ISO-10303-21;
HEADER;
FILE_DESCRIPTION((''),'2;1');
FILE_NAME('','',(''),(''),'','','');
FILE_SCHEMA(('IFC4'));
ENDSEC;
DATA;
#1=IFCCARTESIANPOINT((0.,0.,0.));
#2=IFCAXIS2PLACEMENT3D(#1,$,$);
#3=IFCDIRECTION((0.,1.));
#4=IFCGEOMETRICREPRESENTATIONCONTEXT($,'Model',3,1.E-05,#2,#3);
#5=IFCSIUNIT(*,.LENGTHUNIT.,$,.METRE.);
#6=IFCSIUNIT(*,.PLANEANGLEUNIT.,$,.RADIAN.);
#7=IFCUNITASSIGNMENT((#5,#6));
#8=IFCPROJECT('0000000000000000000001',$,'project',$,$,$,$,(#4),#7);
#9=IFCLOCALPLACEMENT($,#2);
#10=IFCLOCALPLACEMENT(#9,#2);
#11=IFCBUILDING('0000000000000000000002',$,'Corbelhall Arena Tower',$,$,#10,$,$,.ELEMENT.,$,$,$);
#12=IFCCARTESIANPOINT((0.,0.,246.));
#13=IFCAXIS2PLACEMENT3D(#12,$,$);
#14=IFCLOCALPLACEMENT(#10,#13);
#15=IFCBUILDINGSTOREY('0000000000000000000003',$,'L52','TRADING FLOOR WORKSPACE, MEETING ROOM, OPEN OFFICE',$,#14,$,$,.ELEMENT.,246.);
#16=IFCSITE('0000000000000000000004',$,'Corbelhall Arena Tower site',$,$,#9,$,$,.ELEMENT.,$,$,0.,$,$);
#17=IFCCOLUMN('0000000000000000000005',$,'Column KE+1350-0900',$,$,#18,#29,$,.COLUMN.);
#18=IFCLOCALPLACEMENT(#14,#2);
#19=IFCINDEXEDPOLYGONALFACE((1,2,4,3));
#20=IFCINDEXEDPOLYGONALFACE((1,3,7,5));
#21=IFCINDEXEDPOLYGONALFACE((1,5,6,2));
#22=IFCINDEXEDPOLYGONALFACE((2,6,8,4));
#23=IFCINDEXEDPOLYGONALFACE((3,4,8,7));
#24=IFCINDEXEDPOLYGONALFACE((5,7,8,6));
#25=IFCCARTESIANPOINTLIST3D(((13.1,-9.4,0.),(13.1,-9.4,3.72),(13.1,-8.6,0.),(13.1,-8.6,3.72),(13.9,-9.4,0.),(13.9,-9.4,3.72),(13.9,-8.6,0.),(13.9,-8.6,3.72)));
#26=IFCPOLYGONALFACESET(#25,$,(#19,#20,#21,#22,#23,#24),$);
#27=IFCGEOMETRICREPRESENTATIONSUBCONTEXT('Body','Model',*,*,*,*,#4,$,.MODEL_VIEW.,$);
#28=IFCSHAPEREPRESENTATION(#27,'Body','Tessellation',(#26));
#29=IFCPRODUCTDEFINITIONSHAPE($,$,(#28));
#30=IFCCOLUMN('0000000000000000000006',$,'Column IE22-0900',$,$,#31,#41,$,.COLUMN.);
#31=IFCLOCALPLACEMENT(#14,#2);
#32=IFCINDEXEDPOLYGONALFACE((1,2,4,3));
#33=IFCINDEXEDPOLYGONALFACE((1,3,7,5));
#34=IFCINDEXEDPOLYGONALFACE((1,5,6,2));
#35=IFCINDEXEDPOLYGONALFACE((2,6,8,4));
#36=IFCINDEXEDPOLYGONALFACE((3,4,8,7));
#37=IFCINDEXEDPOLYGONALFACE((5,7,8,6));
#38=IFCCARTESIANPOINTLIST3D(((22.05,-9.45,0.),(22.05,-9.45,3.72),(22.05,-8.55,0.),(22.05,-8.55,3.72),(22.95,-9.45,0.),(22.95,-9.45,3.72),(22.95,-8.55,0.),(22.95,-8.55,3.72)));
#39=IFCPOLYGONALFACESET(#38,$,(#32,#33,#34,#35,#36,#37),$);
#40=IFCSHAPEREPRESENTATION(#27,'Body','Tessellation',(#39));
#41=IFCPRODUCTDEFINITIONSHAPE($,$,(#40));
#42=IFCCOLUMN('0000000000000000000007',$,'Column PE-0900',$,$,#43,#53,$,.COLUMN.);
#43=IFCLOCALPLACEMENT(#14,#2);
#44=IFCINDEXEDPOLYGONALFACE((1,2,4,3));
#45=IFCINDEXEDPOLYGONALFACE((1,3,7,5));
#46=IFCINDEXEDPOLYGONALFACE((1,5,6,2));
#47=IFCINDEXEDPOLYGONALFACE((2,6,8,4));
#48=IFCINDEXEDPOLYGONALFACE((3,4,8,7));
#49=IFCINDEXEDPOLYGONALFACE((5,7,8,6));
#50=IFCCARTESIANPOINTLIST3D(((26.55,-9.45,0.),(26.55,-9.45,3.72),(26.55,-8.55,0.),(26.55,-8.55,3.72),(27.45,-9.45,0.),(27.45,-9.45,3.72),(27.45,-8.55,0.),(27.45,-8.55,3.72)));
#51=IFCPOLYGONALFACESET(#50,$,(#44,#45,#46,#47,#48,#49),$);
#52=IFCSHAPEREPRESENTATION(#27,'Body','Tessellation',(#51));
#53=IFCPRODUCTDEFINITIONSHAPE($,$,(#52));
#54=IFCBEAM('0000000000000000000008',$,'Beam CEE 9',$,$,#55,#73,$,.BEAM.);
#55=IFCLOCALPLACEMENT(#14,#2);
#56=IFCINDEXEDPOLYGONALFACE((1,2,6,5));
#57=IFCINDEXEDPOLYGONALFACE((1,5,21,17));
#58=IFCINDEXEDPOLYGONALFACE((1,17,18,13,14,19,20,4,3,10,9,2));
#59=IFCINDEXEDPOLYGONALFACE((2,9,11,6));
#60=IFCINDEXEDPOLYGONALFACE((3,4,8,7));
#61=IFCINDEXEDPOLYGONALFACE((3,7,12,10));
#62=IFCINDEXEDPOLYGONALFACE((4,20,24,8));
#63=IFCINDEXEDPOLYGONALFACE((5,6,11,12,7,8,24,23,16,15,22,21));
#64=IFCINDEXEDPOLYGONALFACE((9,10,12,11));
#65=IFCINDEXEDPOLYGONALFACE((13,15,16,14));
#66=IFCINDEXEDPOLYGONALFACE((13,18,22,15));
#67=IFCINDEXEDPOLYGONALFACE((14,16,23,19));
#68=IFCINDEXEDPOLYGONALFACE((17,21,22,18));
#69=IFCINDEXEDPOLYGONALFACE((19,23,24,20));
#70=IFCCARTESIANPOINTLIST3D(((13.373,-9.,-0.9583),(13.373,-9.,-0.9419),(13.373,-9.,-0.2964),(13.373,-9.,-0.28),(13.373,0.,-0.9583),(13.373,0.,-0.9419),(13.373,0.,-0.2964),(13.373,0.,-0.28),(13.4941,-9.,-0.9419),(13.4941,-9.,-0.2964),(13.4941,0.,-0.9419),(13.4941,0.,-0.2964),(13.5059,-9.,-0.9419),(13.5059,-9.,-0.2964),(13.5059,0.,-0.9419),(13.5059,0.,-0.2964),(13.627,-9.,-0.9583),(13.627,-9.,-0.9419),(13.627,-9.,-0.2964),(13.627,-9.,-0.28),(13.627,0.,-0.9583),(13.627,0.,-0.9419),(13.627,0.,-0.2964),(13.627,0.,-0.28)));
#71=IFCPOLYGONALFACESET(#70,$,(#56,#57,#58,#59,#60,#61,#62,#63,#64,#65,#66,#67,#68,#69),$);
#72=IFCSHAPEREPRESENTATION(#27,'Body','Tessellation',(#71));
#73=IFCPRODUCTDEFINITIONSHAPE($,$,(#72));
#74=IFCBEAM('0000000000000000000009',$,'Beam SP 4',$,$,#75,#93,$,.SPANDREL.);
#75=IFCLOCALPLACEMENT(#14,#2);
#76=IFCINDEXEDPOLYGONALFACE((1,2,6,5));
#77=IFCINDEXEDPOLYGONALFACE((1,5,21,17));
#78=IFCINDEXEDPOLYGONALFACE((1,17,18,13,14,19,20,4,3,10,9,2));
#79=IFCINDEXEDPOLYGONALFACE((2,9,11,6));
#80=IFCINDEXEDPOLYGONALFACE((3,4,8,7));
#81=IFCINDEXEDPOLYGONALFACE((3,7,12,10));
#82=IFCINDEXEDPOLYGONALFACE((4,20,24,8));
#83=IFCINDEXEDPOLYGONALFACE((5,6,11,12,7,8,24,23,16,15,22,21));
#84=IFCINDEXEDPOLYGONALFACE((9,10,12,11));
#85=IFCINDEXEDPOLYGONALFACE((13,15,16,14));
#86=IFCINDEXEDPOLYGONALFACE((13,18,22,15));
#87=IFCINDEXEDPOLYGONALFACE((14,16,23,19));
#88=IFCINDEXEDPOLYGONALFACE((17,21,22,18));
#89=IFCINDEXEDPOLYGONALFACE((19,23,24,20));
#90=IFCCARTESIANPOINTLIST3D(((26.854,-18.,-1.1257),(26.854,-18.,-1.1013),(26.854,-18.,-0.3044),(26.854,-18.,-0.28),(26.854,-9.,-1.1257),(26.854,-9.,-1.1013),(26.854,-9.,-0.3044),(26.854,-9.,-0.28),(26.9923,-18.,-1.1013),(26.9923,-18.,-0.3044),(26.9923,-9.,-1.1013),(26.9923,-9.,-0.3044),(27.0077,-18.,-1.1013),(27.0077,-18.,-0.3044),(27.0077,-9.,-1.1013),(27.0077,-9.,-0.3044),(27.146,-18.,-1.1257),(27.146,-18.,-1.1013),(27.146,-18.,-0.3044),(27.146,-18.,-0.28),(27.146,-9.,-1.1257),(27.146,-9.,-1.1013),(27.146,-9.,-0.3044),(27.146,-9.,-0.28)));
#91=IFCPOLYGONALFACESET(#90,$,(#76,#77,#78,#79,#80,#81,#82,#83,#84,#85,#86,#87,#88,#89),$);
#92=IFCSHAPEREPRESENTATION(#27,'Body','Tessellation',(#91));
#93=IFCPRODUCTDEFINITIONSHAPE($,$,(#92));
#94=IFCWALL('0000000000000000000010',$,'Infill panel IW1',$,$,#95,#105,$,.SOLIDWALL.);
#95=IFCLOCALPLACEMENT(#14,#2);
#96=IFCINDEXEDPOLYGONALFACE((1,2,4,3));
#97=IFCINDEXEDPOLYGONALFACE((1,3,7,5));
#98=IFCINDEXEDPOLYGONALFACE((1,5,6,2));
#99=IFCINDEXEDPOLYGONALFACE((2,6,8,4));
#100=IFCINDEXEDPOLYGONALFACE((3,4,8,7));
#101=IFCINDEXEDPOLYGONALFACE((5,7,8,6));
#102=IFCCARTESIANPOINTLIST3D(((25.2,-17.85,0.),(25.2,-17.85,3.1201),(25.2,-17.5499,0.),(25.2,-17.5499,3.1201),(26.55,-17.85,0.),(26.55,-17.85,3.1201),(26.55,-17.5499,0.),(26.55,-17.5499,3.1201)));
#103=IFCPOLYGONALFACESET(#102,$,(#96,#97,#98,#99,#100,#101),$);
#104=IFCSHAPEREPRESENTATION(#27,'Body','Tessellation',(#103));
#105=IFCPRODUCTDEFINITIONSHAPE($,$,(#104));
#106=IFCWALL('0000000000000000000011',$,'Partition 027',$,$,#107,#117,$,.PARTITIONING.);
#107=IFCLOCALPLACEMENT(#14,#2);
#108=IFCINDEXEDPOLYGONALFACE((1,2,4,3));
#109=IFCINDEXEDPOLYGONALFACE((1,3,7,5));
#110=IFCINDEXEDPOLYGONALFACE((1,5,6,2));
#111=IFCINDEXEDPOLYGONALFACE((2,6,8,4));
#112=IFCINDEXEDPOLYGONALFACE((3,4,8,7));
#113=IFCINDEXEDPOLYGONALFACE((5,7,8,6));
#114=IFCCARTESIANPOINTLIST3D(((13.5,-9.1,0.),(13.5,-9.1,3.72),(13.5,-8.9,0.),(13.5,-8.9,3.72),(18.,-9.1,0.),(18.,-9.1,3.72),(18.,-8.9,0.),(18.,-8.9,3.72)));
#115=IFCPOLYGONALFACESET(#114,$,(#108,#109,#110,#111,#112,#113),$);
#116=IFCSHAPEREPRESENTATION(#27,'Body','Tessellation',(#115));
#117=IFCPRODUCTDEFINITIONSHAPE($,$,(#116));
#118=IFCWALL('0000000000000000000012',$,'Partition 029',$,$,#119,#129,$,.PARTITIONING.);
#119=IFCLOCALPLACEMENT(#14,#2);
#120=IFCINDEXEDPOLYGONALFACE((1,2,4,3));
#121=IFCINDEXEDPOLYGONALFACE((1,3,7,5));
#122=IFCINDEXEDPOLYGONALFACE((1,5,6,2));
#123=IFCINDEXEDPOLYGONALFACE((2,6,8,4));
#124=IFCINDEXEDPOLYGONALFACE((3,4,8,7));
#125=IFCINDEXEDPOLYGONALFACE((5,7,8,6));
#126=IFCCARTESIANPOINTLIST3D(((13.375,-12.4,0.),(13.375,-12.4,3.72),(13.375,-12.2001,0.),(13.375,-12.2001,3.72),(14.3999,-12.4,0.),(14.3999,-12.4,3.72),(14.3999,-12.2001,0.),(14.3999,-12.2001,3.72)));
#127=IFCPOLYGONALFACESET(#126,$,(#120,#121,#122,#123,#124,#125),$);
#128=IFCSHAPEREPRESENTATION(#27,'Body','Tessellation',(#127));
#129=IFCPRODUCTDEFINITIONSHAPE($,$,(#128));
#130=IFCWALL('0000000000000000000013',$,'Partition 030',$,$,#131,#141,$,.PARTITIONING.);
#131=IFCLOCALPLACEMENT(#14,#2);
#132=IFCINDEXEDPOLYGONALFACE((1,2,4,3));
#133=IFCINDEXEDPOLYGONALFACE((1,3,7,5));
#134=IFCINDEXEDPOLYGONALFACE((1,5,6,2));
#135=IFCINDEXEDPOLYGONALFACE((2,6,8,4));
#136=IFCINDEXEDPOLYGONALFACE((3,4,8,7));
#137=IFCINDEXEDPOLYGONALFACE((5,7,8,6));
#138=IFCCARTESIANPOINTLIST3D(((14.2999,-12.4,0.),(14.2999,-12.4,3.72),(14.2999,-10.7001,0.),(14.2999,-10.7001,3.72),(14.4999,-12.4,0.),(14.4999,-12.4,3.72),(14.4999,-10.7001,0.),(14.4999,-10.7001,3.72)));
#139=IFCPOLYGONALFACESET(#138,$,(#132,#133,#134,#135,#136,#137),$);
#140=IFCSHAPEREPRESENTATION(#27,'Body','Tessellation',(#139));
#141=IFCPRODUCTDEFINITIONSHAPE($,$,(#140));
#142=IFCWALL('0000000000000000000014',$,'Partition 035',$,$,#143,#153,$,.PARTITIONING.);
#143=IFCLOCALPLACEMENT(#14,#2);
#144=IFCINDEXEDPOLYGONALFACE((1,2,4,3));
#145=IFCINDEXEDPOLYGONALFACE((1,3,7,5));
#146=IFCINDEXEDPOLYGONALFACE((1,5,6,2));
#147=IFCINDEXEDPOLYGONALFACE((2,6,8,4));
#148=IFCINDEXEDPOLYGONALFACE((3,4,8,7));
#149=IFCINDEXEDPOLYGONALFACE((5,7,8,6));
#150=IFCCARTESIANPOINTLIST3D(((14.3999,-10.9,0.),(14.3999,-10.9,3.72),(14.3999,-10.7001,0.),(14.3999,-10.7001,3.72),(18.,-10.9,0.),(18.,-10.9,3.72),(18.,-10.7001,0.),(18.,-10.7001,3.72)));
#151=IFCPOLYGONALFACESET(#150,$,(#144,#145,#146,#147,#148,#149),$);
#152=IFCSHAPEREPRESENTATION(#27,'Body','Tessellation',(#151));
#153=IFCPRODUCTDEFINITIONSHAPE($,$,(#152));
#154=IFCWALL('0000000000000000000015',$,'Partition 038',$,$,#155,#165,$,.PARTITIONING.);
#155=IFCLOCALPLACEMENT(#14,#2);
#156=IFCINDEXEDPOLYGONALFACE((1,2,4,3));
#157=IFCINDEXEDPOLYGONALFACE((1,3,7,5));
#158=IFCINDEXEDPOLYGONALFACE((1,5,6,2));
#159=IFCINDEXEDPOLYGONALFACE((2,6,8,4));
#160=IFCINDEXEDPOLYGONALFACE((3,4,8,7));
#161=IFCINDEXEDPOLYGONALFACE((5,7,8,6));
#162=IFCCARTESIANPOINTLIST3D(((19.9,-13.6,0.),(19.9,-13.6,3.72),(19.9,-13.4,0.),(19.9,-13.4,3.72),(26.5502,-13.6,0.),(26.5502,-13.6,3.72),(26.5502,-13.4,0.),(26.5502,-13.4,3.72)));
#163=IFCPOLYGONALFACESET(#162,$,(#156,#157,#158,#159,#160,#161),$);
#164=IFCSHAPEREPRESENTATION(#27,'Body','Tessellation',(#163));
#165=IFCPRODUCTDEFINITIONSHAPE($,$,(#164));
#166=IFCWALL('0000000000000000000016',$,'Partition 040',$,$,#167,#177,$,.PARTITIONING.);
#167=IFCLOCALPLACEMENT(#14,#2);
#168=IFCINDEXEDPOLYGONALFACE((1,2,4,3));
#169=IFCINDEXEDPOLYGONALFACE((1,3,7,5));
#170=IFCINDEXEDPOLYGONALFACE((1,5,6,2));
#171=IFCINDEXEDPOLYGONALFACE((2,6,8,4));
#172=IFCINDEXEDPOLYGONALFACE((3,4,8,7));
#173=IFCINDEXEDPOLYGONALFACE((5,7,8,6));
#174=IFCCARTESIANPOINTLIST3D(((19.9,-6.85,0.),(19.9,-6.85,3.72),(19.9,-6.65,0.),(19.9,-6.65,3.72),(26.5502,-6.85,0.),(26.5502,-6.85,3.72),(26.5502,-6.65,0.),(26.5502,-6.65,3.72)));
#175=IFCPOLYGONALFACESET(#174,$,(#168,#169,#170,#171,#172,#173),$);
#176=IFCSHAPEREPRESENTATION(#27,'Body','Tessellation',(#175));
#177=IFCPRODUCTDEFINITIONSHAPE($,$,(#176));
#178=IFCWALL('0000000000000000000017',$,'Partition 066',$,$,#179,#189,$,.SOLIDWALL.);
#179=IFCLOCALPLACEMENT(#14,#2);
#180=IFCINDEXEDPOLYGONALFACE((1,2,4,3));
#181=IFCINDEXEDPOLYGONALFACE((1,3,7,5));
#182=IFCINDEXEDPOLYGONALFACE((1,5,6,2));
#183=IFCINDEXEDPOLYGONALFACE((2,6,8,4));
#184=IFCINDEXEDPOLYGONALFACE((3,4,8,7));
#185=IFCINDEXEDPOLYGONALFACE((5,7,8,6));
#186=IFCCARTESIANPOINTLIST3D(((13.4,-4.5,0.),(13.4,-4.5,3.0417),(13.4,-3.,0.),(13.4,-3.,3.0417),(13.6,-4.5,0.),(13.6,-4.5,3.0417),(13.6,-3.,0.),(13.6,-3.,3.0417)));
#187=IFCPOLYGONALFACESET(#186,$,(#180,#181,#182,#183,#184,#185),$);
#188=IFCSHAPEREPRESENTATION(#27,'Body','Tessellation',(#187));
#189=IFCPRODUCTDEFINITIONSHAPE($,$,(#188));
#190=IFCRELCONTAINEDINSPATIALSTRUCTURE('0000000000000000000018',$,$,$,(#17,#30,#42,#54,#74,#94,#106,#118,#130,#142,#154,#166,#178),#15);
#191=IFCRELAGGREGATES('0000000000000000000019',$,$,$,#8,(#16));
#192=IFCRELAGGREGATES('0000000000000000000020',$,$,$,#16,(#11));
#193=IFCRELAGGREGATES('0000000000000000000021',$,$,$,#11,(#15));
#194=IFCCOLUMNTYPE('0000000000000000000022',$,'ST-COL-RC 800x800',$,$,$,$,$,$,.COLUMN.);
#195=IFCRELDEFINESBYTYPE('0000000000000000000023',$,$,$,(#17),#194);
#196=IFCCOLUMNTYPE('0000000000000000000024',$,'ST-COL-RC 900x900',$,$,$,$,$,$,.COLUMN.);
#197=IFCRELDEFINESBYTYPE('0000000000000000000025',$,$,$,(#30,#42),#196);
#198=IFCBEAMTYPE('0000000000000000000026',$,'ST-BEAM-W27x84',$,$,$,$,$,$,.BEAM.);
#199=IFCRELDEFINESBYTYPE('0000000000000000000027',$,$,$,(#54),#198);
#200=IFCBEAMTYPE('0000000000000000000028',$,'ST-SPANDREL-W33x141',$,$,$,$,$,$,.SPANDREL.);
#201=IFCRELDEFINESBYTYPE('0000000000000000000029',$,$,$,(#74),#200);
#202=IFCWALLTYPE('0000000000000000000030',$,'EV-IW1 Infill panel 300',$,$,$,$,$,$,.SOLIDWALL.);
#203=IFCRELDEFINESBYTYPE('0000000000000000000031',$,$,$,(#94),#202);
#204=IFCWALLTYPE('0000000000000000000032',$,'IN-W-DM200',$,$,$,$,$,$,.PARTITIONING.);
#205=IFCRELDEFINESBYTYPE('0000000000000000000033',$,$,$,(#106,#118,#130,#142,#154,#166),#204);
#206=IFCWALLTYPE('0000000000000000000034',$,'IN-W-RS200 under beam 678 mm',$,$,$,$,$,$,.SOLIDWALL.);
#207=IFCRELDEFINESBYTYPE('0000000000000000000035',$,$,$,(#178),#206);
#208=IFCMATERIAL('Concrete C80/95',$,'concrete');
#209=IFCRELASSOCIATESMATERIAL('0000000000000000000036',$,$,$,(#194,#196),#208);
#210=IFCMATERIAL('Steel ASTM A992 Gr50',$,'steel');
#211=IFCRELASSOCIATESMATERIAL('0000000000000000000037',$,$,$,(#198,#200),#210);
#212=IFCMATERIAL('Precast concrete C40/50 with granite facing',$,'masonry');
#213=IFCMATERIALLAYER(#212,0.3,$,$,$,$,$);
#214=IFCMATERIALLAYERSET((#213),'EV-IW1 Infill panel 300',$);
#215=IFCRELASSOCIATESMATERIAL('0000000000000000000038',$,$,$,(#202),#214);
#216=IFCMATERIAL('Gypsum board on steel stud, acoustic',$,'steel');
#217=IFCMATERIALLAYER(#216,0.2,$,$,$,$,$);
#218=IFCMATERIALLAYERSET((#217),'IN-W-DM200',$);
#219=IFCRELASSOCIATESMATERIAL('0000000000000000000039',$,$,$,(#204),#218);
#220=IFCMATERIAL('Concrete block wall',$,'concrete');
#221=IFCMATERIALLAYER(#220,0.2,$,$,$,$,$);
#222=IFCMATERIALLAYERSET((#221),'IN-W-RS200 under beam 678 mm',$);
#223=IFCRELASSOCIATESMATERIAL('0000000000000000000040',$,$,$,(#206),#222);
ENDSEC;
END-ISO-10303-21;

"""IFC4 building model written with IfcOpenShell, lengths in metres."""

from ifc_helpers import new_model, si_unit, direction, frame, frame_2d, origin, origin_2d, place, context, subcontext, project, spatial, rectangle, i_section, extrude, material, layer, layer_set, material_profile, profile_set, type_object, element, save


model = new_model("IFC4")

# Units and contexts
model_context = context("Model", 3, precision=1e-05, world=origin(), true_north=direction((0.0, 1.0)))
body_context = subcontext(model_context, "Body", "Model", "MODEL_VIEW")
ifc_project = project(units=[si_unit("LENGTHUNIT", "METRE"), si_unit("PLANEANGLEUNIT", "RADIAN")], contexts=[model_context])

# Site, building, storey
site_placement = place(None, origin())
site = spatial("IfcSite", under=ifc_project, at=site_placement, Name="Corbelhall Arena Tower site", CompositionType="ELEMENT", RefElevation=0.0)
building_placement = place(site_placement, origin())
building = spatial("IfcBuilding", under=site, at=building_placement, Name="Corbelhall Arena Tower", CompositionType="ELEMENT")
storey_placement = place(building_placement, frame((0.0, 0.0, 246.0)))
storey = spatial("IfcBuildingStorey", under=building, at=storey_placement, Name="L52", Description="TRADING FLOOR WORKSPACE, MEETING ROOM, OPEN OFFICE", CompositionType="ELEMENT", Elevation=246.0)

# Columns
ifc_material_1 = material(Name="Concrete C80/95", Category="concrete")
ifc_material_profile_1 = material_profile(ifc_material_1, rectangle(XDim=0.8, YDim=0.8, at=origin_2d()))
ifc_profile_set_1 = profile_set([ifc_material_profile_1], Name="Concrete C80/95")
column_type_1 = type_object("IfcColumnType", Name="ST-COL-RC 800x800", PredefinedType="COLUMN", material=ifc_profile_set_1)
column_placement = place(storey_placement, frame((13.5, -9.0, 0.0), z_axis=(0.0, 0.0, 1.0), x_axis=(1.0, 0.0, 0.0)))
element("IfcColumn", 1, at=column_placement, inside=storey, type_object=column_type_1, Name="Column KE+1350-0900", PredefinedType="COLUMN", context=body_context, shape_type="SweptSolid", body=[
    extrude(rectangle(XDim=0.8, YDim=0.8, at=origin_2d()), origin(), (0.0, 0.0, 1.0), 3.72),
])
ifc_material_profile_2 = material_profile(ifc_material_1, rectangle(XDim=0.8999, YDim=0.8999, at=origin_2d()))
ifc_profile_set_2 = profile_set([ifc_material_profile_2], Name="Concrete C80/95")
column_type_2 = type_object("IfcColumnType", Name="ST-COL-RC 900x900", PredefinedType="COLUMN", material=ifc_profile_set_2)
for number, where, z_axis, x_axis, name in (
    (2, (22.5, -9.0, 0.0), (0.0, 0.0, 1.0), (1.0, 0.0, 0.0), "Column IE22-0900"),
    (3, (27.0, -9.0, 0.0), (0.0, 0.0, 1.0), (0.0, 1.0, 0.0), "Column PE-0900"),
):
    element("IfcColumn", number, at=place(storey_placement, frame(where, z_axis=z_axis, x_axis=x_axis)), inside=storey, type_object=column_type_2, Name=name, PredefinedType="COLUMN", context=body_context, shape_type="SweptSolid", body=[
        extrude(rectangle(XDim=0.8999, YDim=0.8999, at=origin_2d()), origin(), (0.0, 0.0, 1.0), 3.72),
    ])

# Beams
ifc_material_2 = material(Name="Steel ASTM A992 Gr50", Category="steel")
ifc_material_profile_3 = material_profile(ifc_material_2, i_section(OverallWidth=0.2539, OverallDepth=0.6782, WebThickness=0.0117, FlangeThickness=0.0164, at=origin_2d()))
ifc_profile_set_3 = profile_set([ifc_material_profile_3], Name="Steel ASTM A992 Gr50")
beam_type_1 = type_object("IfcBeamType", Name="ST-BEAM-W27x84", PredefinedType="BEAM", material=ifc_profile_set_3)
beam_1_placement = place(storey_placement, frame((13.5, -9.0, -0.6191), z_axis=(0.0, 1.0, 0.0), x_axis=(-1.0, 0.0, 0.0)))
element("IfcBeam", 4, at=beam_1_placement, inside=storey, type_object=beam_type_1, Name="Beam CEE 9", PredefinedType="BEAM", context=body_context, shape_type="SweptSolid", body=[
    extrude(i_section(OverallWidth=0.2539, OverallDepth=0.6782, WebThickness=0.0117, FlangeThickness=0.0164, at=origin_2d()), origin(), (0.0, 0.0, 1.0), 9.0),
])
ifc_material_profile_4 = material_profile(ifc_material_2, i_section(OverallWidth=0.292, OverallDepth=0.8457, WebThickness=0.0154, FlangeThickness=0.0244, at=origin_2d()))
ifc_profile_set_4 = profile_set([ifc_material_profile_4], Name="Steel ASTM A992 Gr50")
beam_type_2 = type_object("IfcBeamType", Name="ST-SPANDREL-W33x141", PredefinedType="SPANDREL", material=ifc_profile_set_4)
beam_2_placement = place(storey_placement, frame((27.0, -9.0, -0.7029), z_axis=(0.0, -1.0, 0.0), x_axis=(1.0, 0.0, 0.0)))
element("IfcBeam", 5, at=beam_2_placement, inside=storey, type_object=beam_type_2, Name="Beam SP 4", PredefinedType="SPANDREL", context=body_context, shape_type="SweptSolid", body=[
    extrude(i_section(OverallWidth=0.292, OverallDepth=0.8457, WebThickness=0.0154, FlangeThickness=0.0244, at=origin_2d()), origin(), (0.0, 0.0, 1.0), 9.0),
])

# Wall
ifc_material_3 = material(Name="Precast concrete C40/50 with granite facing", Category="masonry")
ifc_layer_1 = layer(ifc_material_3, 0.3)
ifc_layer_set_1 = layer_set([ifc_layer_1], Name="EV-IW1 Infill panel 300")
wall_type_1 = type_object("IfcWallType", Name="EV-IW1 Infill panel 300", PredefinedType="SOLIDWALL", material=ifc_layer_set_1)
wall_1_placement = place(storey_placement, frame((25.2, -17.7, 0.0), z_axis=(0.0, 0.0, 1.0), x_axis=(1.0, 0.0, 0.0)))
element("IfcWall", 6, at=wall_1_placement, inside=storey, type_object=wall_type_1, Name="Infill panel IW1", PredefinedType="SOLIDWALL", context=body_context, shape_type="SweptSolid", body=[
    extrude(rectangle(XDim=1.3501, YDim=0.3, at=frame_2d((0.675, 0.0))), origin(), (0.0, 0.0, 1.0), 3.1201),
])

# Walls
ifc_material_4 = material(Name="Gypsum board on steel stud, acoustic", Category="steel")
ifc_layer_2 = layer(ifc_material_4, 0.2)
ifc_layer_set_2 = layer_set([ifc_layer_2], Name="IN-W-DM200")
wall_type_2 = type_object("IfcWallType", Name="IN-W-DM200", PredefinedType="PARTITIONING", material=ifc_layer_set_2)
wall_2_placement = place(storey_placement, frame((13.5, -9.0, 0.0), z_axis=(0.0, 0.0, 1.0), x_axis=(1.0, 0.0, 0.0)))
element("IfcWall", 7, at=wall_2_placement, inside=storey, type_object=wall_type_2, Name="Partition 027", PredefinedType="PARTITIONING", context=body_context, shape_type="SweptSolid", body=[
    extrude(rectangle(XDim=4.5, YDim=0.2, at=frame_2d((2.25, 0.0))), origin(), (0.0, 0.0, 1.0), 3.72),
])
wall_3_placement = place(storey_placement, frame((14.3999, -12.3, 0.0), z_axis=(0.0, 0.0, 1.0), x_axis=(-1.0, 0.0, 0.0)))
element("IfcWall", 8, at=wall_3_placement, inside=storey, type_object=wall_type_2, Name="Partition 029", PredefinedType="PARTITIONING", context=body_context, shape_type="SweptSolid", body=[
    extrude(rectangle(XDim=1.0249, YDim=0.2, at=frame_2d((0.5125, 0.0))), origin(), (0.0, 0.0, 1.0), 3.72),
])
wall_4_placement = place(storey_placement, frame((14.3999, -10.7, 0.0), z_axis=(0.0, 0.0, 1.0), x_axis=(0.0, -1.0, 0.0)))
element("IfcWall", 9, at=wall_4_placement, inside=storey, type_object=wall_type_2, Name="Partition 030", PredefinedType="PARTITIONING", context=body_context, shape_type="SweptSolid", body=[
    extrude(rectangle(XDim=1.7, YDim=0.2, at=frame_2d((0.8501, 0.0))), origin(), (0.0, 0.0, 1.0), 3.72),
])
wall_5_placement = place(storey_placement, frame((18.0, -10.8, 0.0), z_axis=(0.0, 0.0, 1.0), x_axis=(-1.0, 0.0, 0.0)))
element("IfcWall", 10, at=wall_5_placement, inside=storey, type_object=wall_type_2, Name="Partition 035", PredefinedType="PARTITIONING", context=body_context, shape_type="SweptSolid", body=[
    extrude(rectangle(XDim=3.6001, YDim=0.2, at=frame_2d((1.8, 0.0))), origin(), (0.0, 0.0, 1.0), 3.72),
])

# Walls
for number, where, z_axis, x_axis, name in (
    (11, (19.8999, -13.5, 0.0), (0.0, 0.0, 1.0), (1.0, 0.0, 0.0), "Partition 038"),
    (12, (19.8999, -6.75, 0.0), (0.0, 0.0, 1.0), (1.0, 0.0, 0.0), "Partition 040"),
):
    element("IfcWall", number, at=place(storey_placement, frame(where, z_axis=z_axis, x_axis=x_axis)), inside=storey, type_object=wall_type_2, Name=name, PredefinedType="PARTITIONING", context=body_context, shape_type="SweptSolid", body=[
        extrude(rectangle(XDim=6.6501, YDim=0.2, at=frame_2d((3.3252, 0.0))), origin(), (0.0, 0.0, 1.0), 3.72),
    ])
ifc_material_5 = material(Name="Concrete block wall", Category="concrete")
ifc_layer_3 = layer(ifc_material_5, 0.2)
ifc_layer_set_3 = layer_set([ifc_layer_3], Name="IN-W-RS200 under beam 678 mm")
wall_type_3 = type_object("IfcWallType", Name="IN-W-RS200 under beam 678 mm", PredefinedType="SOLIDWALL", material=ifc_layer_set_3)
wall_6_placement = place(storey_placement, frame((13.5, -3.0, 0.0), z_axis=(0.0, 0.0, 1.0), x_axis=(0.0, -1.0, 0.0)))
element("IfcWall", 13, at=wall_6_placement, inside=storey, type_object=wall_type_3, Name="Partition 066", PredefinedType="SOLIDWALL", context=body_context, shape_type="SweptSolid", body=[
    extrude(rectangle(XDim=1.5, YDim=0.2, at=frame_2d((0.75, 0.0))), origin(), (0.0, 0.0, 1.0), 3.0417),
])

save(model, "model.ifc")
